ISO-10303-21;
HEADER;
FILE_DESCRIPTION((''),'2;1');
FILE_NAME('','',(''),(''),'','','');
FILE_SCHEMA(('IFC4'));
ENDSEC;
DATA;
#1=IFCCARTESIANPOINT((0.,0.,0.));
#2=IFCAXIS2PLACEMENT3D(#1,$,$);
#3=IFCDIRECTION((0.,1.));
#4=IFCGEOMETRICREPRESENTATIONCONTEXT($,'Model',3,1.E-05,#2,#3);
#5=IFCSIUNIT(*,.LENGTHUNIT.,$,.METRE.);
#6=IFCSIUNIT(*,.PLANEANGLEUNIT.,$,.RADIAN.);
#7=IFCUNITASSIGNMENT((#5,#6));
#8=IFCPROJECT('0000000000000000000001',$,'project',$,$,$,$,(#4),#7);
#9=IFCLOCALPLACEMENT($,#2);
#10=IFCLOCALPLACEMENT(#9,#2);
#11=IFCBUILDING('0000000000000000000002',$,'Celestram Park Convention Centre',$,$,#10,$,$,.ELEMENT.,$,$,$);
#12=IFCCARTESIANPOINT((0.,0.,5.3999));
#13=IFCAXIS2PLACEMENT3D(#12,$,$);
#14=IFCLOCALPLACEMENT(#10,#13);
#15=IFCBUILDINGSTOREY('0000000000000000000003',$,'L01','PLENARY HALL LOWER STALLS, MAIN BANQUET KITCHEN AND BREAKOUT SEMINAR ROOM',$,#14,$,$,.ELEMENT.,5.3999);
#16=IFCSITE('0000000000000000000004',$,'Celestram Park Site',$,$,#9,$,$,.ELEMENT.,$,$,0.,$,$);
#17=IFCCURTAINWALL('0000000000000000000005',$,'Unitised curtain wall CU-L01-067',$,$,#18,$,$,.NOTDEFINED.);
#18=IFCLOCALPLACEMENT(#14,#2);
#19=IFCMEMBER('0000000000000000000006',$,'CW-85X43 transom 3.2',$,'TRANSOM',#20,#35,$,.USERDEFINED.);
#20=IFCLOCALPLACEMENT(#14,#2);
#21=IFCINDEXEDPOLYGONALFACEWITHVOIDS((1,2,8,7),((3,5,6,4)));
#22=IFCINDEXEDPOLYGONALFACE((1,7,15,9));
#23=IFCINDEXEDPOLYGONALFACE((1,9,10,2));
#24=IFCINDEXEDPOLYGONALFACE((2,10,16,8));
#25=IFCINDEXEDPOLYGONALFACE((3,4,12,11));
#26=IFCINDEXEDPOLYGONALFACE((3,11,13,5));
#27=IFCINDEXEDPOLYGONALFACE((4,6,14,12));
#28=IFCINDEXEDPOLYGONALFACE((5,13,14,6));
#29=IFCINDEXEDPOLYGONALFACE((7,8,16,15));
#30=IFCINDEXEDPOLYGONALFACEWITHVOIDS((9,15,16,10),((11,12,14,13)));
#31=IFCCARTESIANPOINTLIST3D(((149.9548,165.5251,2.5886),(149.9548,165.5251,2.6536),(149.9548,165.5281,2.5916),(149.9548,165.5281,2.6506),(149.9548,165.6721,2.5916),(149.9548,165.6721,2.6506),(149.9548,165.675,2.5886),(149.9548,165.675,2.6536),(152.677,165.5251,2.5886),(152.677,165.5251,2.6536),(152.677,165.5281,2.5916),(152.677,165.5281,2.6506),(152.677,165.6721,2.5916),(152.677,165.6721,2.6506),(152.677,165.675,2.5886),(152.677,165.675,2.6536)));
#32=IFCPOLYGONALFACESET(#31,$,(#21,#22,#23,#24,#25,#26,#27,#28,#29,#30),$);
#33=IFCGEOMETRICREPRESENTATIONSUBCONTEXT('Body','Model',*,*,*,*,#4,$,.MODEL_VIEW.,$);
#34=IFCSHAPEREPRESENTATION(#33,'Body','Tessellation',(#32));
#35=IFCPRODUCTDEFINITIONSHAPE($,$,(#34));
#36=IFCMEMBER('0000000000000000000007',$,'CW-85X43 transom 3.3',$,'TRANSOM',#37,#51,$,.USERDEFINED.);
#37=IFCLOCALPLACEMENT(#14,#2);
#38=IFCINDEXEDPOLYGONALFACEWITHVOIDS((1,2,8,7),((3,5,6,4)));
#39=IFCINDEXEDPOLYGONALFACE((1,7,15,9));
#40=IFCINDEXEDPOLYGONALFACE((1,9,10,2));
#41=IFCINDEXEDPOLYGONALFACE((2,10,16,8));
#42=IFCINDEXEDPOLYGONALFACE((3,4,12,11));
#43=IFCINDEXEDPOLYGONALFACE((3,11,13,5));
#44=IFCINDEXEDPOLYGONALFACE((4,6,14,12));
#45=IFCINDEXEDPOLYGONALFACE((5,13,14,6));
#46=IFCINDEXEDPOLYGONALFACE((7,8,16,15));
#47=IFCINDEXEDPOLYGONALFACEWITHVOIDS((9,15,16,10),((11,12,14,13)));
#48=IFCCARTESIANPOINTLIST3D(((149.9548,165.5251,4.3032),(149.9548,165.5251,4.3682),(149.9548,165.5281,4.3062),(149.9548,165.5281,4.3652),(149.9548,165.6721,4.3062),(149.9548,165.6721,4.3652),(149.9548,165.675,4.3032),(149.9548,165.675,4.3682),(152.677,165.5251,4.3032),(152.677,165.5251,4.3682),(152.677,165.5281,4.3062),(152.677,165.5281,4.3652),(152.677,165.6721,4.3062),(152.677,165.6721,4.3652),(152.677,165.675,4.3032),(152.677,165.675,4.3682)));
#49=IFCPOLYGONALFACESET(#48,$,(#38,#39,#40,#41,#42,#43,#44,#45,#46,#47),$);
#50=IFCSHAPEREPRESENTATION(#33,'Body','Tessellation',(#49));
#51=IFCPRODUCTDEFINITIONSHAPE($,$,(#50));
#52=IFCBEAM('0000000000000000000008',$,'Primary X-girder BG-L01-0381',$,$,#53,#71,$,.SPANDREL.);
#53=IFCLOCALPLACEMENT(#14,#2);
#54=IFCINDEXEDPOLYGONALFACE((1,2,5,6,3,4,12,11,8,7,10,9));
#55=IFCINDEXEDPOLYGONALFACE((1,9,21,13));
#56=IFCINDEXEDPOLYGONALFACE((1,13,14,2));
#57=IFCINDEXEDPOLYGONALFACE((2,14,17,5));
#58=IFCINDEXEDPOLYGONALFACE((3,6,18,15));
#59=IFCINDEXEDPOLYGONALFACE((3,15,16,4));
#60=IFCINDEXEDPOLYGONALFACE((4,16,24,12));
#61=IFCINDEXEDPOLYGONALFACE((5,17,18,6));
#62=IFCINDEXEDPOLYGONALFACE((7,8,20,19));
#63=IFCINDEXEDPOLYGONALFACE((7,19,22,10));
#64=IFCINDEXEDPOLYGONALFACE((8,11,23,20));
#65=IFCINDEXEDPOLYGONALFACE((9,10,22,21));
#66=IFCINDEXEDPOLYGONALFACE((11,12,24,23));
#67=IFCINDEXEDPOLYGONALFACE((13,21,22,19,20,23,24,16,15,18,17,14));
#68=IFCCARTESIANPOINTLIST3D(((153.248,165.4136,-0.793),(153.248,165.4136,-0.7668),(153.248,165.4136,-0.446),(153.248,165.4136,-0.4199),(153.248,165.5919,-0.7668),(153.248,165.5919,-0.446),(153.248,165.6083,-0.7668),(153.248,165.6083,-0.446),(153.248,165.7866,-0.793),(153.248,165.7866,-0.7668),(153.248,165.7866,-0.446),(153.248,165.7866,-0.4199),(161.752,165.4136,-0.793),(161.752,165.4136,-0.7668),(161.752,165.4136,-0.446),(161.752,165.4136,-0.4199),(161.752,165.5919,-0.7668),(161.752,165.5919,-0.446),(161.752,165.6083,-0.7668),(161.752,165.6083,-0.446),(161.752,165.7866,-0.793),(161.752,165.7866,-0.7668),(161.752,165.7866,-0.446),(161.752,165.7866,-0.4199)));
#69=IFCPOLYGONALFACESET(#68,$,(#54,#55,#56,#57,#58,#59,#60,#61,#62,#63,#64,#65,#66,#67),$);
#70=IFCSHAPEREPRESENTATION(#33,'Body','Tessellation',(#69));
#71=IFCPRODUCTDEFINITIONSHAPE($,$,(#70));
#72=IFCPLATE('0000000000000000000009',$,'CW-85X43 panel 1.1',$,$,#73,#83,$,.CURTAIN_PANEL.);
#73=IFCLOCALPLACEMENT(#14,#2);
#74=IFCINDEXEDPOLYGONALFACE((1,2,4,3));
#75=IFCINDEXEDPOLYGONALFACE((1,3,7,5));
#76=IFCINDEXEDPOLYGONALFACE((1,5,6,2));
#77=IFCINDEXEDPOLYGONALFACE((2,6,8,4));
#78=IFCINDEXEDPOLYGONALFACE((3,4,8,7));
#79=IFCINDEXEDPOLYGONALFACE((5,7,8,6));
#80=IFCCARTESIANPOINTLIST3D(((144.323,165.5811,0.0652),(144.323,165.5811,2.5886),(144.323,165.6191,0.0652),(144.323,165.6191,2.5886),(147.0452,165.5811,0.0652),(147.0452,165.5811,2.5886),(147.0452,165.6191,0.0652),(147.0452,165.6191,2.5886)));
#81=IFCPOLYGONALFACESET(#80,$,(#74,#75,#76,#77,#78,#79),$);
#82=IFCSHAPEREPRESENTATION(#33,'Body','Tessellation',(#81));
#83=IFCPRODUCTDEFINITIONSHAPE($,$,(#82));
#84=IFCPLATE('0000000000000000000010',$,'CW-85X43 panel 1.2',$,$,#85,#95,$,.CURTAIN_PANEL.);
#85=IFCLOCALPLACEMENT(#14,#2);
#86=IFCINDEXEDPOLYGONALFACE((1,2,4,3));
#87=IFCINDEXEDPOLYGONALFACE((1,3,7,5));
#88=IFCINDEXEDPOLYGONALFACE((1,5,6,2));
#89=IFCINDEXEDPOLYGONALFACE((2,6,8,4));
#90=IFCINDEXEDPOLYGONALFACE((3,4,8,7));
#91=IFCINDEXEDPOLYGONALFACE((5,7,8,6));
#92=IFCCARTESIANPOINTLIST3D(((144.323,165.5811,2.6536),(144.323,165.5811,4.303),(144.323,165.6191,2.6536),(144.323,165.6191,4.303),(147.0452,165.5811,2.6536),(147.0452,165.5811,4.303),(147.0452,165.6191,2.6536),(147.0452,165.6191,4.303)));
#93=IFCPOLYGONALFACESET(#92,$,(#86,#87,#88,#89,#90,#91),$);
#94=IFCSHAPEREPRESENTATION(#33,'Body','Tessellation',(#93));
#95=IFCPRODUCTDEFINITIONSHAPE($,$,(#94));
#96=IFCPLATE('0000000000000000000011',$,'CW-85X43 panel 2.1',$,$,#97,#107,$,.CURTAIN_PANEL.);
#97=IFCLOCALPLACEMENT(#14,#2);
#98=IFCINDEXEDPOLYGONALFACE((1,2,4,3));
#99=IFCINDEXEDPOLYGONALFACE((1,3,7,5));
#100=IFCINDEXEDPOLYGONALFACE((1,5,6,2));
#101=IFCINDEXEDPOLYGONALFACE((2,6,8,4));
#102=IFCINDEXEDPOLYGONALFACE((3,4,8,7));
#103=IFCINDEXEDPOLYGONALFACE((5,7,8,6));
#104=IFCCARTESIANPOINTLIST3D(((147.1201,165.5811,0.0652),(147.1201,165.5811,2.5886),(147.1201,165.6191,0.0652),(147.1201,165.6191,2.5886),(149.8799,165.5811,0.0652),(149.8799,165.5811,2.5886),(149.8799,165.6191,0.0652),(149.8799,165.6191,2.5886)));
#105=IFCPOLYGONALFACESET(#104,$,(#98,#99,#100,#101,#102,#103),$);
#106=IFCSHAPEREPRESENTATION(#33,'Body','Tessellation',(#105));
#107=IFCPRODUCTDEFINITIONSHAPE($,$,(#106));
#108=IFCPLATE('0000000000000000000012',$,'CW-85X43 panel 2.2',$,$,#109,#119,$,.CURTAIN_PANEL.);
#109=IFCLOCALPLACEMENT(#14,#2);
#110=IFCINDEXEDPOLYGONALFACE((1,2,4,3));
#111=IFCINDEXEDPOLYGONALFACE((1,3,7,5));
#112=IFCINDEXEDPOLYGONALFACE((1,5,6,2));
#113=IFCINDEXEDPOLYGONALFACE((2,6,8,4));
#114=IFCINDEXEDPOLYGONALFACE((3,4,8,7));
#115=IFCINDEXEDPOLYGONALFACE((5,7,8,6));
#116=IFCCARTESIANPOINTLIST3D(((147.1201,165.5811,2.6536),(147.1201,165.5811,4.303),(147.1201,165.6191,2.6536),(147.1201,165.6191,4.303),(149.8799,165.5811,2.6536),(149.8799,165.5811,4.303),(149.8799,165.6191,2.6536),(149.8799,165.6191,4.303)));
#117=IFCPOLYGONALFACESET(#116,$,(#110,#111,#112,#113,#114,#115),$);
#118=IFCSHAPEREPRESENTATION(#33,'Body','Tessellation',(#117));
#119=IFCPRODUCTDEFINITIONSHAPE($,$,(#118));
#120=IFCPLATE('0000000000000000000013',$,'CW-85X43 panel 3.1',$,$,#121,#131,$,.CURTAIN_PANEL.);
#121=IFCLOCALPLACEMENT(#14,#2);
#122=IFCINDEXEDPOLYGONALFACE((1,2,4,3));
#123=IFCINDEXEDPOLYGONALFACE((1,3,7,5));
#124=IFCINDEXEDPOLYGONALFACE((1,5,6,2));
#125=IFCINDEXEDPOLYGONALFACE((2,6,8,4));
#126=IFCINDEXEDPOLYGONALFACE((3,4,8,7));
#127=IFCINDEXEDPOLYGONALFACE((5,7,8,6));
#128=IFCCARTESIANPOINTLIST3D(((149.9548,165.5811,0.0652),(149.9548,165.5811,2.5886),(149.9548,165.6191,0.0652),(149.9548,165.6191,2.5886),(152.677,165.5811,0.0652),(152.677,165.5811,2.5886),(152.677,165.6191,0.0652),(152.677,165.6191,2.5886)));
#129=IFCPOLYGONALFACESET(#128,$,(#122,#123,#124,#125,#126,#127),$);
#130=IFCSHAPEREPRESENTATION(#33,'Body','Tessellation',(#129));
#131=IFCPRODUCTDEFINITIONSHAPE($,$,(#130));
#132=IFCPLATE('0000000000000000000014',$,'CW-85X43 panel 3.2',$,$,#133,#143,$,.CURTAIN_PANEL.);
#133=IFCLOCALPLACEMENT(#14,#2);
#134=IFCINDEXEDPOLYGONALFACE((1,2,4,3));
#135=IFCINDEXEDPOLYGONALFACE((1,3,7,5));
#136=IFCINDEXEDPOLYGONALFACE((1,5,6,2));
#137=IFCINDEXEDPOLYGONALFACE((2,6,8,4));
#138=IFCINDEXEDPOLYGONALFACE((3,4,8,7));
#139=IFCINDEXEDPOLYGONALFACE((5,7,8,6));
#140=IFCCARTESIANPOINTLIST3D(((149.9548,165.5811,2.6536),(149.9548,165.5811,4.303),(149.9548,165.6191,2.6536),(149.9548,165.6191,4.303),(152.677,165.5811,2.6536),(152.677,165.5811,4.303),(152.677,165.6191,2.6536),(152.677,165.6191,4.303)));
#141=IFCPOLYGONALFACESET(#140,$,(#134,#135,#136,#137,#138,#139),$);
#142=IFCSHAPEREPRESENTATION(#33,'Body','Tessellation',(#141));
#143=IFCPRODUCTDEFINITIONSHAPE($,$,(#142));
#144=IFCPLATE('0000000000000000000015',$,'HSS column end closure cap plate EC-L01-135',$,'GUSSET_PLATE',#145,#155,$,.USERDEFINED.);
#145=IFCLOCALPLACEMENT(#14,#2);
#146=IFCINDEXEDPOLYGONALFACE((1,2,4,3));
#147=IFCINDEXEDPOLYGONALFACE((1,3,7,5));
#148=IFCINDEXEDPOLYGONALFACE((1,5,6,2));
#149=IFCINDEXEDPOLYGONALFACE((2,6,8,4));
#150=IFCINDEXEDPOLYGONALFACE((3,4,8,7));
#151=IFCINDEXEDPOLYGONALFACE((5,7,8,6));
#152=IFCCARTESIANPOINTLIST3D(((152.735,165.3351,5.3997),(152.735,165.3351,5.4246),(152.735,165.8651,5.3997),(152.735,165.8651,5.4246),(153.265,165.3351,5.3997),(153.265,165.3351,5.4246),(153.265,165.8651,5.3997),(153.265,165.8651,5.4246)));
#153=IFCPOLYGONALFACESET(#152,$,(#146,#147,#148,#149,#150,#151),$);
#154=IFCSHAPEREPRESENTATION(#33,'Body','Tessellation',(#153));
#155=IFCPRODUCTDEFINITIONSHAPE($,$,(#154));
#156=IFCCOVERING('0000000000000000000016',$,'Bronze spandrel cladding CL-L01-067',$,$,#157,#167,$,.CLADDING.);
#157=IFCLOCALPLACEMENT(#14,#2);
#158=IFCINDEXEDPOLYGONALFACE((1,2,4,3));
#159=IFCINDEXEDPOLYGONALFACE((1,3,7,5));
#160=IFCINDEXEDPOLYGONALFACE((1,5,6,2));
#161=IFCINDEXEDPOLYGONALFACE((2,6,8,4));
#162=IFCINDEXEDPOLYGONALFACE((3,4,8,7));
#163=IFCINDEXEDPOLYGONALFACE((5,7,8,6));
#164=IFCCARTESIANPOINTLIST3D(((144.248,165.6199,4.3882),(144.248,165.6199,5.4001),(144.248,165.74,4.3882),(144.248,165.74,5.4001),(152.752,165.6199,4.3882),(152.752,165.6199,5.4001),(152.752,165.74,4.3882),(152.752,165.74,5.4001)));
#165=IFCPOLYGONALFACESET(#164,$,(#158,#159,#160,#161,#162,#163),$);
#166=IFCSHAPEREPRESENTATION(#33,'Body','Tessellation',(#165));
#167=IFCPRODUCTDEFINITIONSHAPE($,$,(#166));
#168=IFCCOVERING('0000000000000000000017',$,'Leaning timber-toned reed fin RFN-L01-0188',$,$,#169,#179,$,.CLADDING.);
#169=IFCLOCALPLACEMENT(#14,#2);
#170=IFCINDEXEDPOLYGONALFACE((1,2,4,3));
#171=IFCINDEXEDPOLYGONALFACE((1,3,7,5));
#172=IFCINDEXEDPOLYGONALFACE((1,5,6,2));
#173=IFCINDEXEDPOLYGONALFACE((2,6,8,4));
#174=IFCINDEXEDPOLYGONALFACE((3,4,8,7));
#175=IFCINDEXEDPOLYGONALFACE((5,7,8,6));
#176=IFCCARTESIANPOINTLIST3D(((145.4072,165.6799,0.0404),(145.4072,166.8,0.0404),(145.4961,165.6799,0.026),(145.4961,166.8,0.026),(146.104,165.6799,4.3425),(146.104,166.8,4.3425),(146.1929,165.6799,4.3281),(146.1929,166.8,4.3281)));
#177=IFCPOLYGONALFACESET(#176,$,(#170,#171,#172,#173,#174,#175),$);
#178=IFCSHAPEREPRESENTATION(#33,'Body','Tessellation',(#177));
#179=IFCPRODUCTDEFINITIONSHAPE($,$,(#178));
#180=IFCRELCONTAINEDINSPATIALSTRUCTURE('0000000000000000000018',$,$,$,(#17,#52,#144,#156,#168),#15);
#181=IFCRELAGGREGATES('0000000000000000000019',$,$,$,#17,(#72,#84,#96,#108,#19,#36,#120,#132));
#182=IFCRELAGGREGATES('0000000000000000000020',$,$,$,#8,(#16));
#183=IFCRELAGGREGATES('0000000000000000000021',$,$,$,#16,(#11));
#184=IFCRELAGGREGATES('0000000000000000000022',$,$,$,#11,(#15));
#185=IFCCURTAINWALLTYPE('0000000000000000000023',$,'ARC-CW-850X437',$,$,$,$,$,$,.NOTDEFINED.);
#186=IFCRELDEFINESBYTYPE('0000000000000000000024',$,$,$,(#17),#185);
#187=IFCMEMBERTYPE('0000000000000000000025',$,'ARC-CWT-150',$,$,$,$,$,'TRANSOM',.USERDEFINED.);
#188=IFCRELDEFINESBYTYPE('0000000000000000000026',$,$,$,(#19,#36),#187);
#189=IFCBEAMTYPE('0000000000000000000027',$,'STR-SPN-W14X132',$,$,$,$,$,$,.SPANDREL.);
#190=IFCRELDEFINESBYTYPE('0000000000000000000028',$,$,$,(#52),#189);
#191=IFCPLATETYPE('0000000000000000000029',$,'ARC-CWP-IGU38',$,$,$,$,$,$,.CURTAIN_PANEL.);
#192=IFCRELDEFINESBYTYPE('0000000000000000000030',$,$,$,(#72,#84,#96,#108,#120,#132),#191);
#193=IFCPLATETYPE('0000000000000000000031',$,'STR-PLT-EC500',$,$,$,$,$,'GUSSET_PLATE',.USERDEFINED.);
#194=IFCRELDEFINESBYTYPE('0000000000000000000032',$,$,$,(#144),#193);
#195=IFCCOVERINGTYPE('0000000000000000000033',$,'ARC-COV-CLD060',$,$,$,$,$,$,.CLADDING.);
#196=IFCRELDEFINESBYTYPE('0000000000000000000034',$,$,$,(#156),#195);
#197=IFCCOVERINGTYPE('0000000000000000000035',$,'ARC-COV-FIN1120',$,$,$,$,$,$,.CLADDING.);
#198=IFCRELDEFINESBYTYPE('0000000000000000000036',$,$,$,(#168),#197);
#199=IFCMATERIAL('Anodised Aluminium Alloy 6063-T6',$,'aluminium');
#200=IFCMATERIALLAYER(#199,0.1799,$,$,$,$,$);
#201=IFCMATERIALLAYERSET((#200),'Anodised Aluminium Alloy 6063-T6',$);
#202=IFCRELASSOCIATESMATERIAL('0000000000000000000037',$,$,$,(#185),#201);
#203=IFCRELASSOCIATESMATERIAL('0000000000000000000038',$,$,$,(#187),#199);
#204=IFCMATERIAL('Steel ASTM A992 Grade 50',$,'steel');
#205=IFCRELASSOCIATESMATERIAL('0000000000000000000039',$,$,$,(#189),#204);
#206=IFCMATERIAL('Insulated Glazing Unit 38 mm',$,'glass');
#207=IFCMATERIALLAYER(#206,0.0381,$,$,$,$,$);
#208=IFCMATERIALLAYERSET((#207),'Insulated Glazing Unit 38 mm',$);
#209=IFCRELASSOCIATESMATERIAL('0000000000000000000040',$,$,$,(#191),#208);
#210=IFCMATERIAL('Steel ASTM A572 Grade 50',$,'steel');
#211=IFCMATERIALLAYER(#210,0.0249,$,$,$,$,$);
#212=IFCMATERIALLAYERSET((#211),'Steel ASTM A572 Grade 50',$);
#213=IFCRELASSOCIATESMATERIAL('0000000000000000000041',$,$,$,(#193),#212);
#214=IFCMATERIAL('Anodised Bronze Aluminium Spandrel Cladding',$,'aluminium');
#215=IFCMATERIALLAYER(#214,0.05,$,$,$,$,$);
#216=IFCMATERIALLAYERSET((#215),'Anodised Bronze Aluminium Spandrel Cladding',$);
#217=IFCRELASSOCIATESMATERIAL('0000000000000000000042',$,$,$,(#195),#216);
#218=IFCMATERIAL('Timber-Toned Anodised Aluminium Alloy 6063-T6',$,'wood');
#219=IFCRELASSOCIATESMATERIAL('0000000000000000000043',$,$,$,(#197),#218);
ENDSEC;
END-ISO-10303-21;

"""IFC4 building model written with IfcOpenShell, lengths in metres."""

from ifc_helpers import new_model, si_unit, direction, frame, origin, origin_2d, place, context, subcontext, project, spatial, rectangle, hollow_rectangle, i_section, extrude, material, layer, layer_set, material_profile, profile_set, type_object, element, aggregate, save


model = new_model("IFC4")

# Units and contexts
model_context = context("Model", 3, precision=1e-05, world=origin(), true_north=direction((0.0, 1.0)))
body_context = subcontext(model_context, "Body", "Model", "MODEL_VIEW")
ifc_project = project(units=[si_unit("LENGTHUNIT", "METRE"), si_unit("PLANEANGLEUNIT", "RADIAN")], contexts=[model_context])

# Site, building, storey
site_placement = place(None, origin())
site = spatial("IfcSite", under=ifc_project, at=site_placement, Name="Celestram Park Site", CompositionType="ELEMENT", RefElevation=0.0)
building_placement = place(site_placement, origin())
building = spatial("IfcBuilding", under=site, at=building_placement, Name="Celestram Park Convention Centre", CompositionType="ELEMENT")
storey_placement = place(building_placement, frame((0.0, 0.0, 5.3999)))
storey = spatial("IfcBuildingStorey", under=building, at=storey_placement, Name="L01", Description="PLENARY HALL LOWER STALLS, MAIN BANQUET KITCHEN AND BREAKOUT SEMINAR ROOM", CompositionType="ELEMENT", Elevation=5.3999)

# Curtain wall, members
ifc_material_1 = material(Name="Anodised Aluminium Alloy 6063-T6", Category="aluminium")
ifc_layer_1 = layer(ifc_material_1, 0.1799)
ifc_layer_set_1 = layer_set([ifc_layer_1], Name="Anodised Aluminium Alloy 6063-T6")
curtain_wall_type = type_object("IfcCurtainWallType", Name="ARC-CW-850X437", PredefinedType="NOTDEFINED", material=ifc_layer_set_1)
curtain_wall_placement = place(storey_placement, origin())
curtain_wall = element("IfcCurtainWall", 1, at=curtain_wall_placement, inside=storey, type_object=curtain_wall_type, Name="Unitised curtain wall CU-L01-067", PredefinedType="NOTDEFINED")
ifc_material_profile_1 = material_profile(ifc_material_1, hollow_rectangle(XDim=0.1499, YDim=0.0649, WallThickness=0.0029, at=origin_2d()), Name="ALU150X65X3")
ifc_profile_set_1 = profile_set([ifc_material_profile_1], Name="Anodised Aluminium Alloy 6063-T6")
member_type_1 = type_object("IfcMemberType", Name="ARC-CWT-150", ElementType="TRANSOM", PredefinedType="USERDEFINED", material=ifc_profile_set_1)
member_1_placement = place(storey_placement, frame((149.9548, 165.6001, 2.6211), z_axis=(1.0, 0.0, 0.0), x_axis=(0.0, 1.0, 0.0)))
member_1 = element("IfcMember", 2, at=member_1_placement, type_object=member_type_1, Name="CW-85X43 transom 3.2", ObjectType="TRANSOM", PredefinedType="USERDEFINED", context=body_context, shape_type="SweptSolid", body=[
    extrude(hollow_rectangle(XDim=0.1499, YDim=0.0649, WallThickness=0.0029, at=origin_2d()), origin(), (0.0, 0.0, 1.0), 2.7222),
])
member_2_placement = place(storey_placement, frame((149.9548, 165.6001, 4.3357), z_axis=(1.0, 0.0, 0.0), x_axis=(0.0, 1.0, 0.0)))
member_2 = element("IfcMember", 3, at=member_2_placement, type_object=member_type_1, Name="CW-85X43 transom 3.3", ObjectType="TRANSOM", PredefinedType="USERDEFINED", context=body_context, shape_type="SweptSolid", body=[
    extrude(hollow_rectangle(XDim=0.1499, YDim=0.0649, WallThickness=0.0029, at=origin_2d()), origin(), (0.0, 0.0, 1.0), 2.7222),
])

# Beam
ifc_material_2 = material(Name="Steel ASTM A992 Grade 50", Category="steel")
ifc_material_profile_2 = material_profile(ifc_material_2, i_section(OverallWidth=0.373, OverallDepth=0.373, WebThickness=0.0164, FlangeThickness=0.0261, at=origin_2d()), Name="W14X132")
ifc_profile_set_2 = profile_set([ifc_material_profile_2], Name="Steel ASTM A992 Grade 50")
beam_type = type_object("IfcBeamType", Name="STR-SPN-W14X132", PredefinedType="SPANDREL", material=ifc_profile_set_2)
beam_placement = place(storey_placement, frame((153.248, 165.6001, -0.6064), z_axis=(1.0, 0.0, 0.0), x_axis=(0.0, 1.0, 0.0)))
element("IfcBeam", 4, at=beam_placement, inside=storey, type_object=beam_type, Name="Primary X-girder BG-L01-0381", PredefinedType="SPANDREL", context=body_context, shape_type="SweptSolid", body=[
    extrude(i_section(OverallWidth=0.373, OverallDepth=0.373, WebThickness=0.0164, FlangeThickness=0.0261, at=origin_2d()), origin(), (0.0, 0.0, 1.0), 8.5039),
])

# Plates
ifc_material_3 = material(Name="Insulated Glazing Unit 38 mm", Category="glass")
ifc_layer_2 = layer(ifc_material_3, 0.0381)
ifc_layer_set_2 = layer_set([ifc_layer_2], Name="Insulated Glazing Unit 38 mm")
plate_type_1 = type_object("IfcPlateType", Name="ARC-CWP-IGU38", PredefinedType="CURTAIN_PANEL", material=ifc_layer_set_2)
plate_1_placement = place(storey_placement, frame((145.6841, 165.6001, 0.0652), z_axis=(0.0, 0.0, 1.0), x_axis=(1.0, 0.0, 0.0)))
plate_1 = element("IfcPlate", 5, at=plate_1_placement, type_object=plate_type_1, Name="CW-85X43 panel 1.1", PredefinedType="CURTAIN_PANEL", context=body_context, shape_type="SweptSolid", body=[
    extrude(rectangle(XDim=2.7222, YDim=0.0381, at=origin_2d()), origin(), (0.0, 0.0, 1.0), 2.5234),
])
plate_2_placement = place(storey_placement, frame((145.6841, 165.6001, 2.6536), z_axis=(0.0, 0.0, 1.0), x_axis=(1.0, 0.0, 0.0)))
plate_2 = element("IfcPlate", 6, at=plate_2_placement, type_object=plate_type_1, Name="CW-85X43 panel 1.2", PredefinedType="CURTAIN_PANEL", context=body_context, shape_type="SweptSolid", body=[
    extrude(rectangle(XDim=2.7222, YDim=0.0381, at=origin_2d()), origin(), (0.0, 0.0, 1.0), 1.6494),
])
plate_3_placement = place(storey_placement, frame((148.5, 165.6001, 0.0652), z_axis=(0.0, 0.0, 1.0), x_axis=(1.0, 0.0, 0.0)))
plate_3 = element("IfcPlate", 7, at=plate_3_placement, type_object=plate_type_1, Name="CW-85X43 panel 2.1", PredefinedType="CURTAIN_PANEL", context=body_context, shape_type="SweptSolid", body=[
    extrude(rectangle(XDim=2.7598, YDim=0.0381, at=origin_2d()), origin(), (0.0, 0.0, 1.0), 2.5234),
])
plate_4_placement = place(storey_placement, frame((148.5, 165.6001, 2.6536), z_axis=(0.0, 0.0, 1.0), x_axis=(1.0, 0.0, 0.0)))
plate_4 = element("IfcPlate", 8, at=plate_4_placement, type_object=plate_type_1, Name="CW-85X43 panel 2.2", PredefinedType="CURTAIN_PANEL", context=body_context, shape_type="SweptSolid", body=[
    extrude(rectangle(XDim=2.7598, YDim=0.0381, at=origin_2d()), origin(), (0.0, 0.0, 1.0), 1.6494),
])
plate_5_placement = place(storey_placement, frame((151.3159, 165.6001, 0.0652), z_axis=(0.0, 0.0, 1.0), x_axis=(1.0, 0.0, 0.0)))
plate_5 = element("IfcPlate", 9, at=plate_5_placement, type_object=plate_type_1, Name="CW-85X43 panel 3.1", PredefinedType="CURTAIN_PANEL", context=body_context, shape_type="SweptSolid", body=[
    extrude(rectangle(XDim=2.7222, YDim=0.0381, at=origin_2d()), origin(), (0.0, 0.0, 1.0), 2.5234),
])
plate_6_placement = place(storey_placement, frame((151.3159, 165.6001, 2.6536), z_axis=(0.0, 0.0, 1.0), x_axis=(1.0, 0.0, 0.0)))
plate_6 = element("IfcPlate", 10, at=plate_6_placement, type_object=plate_type_1, Name="CW-85X43 panel 3.2", PredefinedType="CURTAIN_PANEL", context=body_context, shape_type="SweptSolid", body=[
    extrude(rectangle(XDim=2.7222, YDim=0.0381, at=origin_2d()), origin(), (0.0, 0.0, 1.0), 1.6494),
])
aggregate(curtain_wall, [plate_1, plate_2, plate_3, plate_4, member_1, member_2, plate_5, plate_6])
ifc_material_4 = material(Name="Steel ASTM A572 Grade 50", Category="steel")
ifc_layer_3 = layer(ifc_material_4, 0.0249)
ifc_layer_set_3 = layer_set([ifc_layer_3], Name="Steel ASTM A572 Grade 50")
plate_type_2 = type_object("IfcPlateType", Name="STR-PLT-EC500", ElementType="GUSSET_PLATE", PredefinedType="USERDEFINED", material=ifc_layer_set_3)
plate_7_placement = place(storey_placement, frame((153.0, 165.6001, 5.3997), z_axis=(0.0, 0.0, 1.0), x_axis=(1.0, 0.0, 0.0)))
element("IfcPlate", 11, at=plate_7_placement, inside=storey, type_object=plate_type_2, Name="HSS column end closure cap plate EC-L01-135", ObjectType="GUSSET_PLATE", PredefinedType="USERDEFINED", context=body_context, shape_type="SweptSolid", body=[
    extrude(rectangle(XDim=0.53, YDim=0.53, at=origin_2d()), origin(), (0.0, 0.0, 1.0), 0.0249),
])

# Coverings
ifc_material_5 = material(Name="Anodised Bronze Aluminium Spandrel Cladding", Category="aluminium")
ifc_layer_4 = layer(ifc_material_5, 0.05)
ifc_layer_set_4 = layer_set([ifc_layer_4], Name="Anodised Bronze Aluminium Spandrel Cladding")
covering_type_1 = type_object("IfcCoveringType", Name="ARC-COV-CLD060", PredefinedType="CLADDING", material=ifc_layer_set_4)
covering_1_placement = place(storey_placement, frame((148.5, 165.6799, 4.3882), z_axis=(0.0, 0.0, 1.0), x_axis=(1.0, 0.0, 0.0)))
element("IfcCovering", 12, at=covering_1_placement, inside=storey, type_object=covering_type_1, Name="Bronze spandrel cladding CL-L01-067", PredefinedType="CLADDING", context=body_context, shape_type="SweptSolid", body=[
    extrude(rectangle(XDim=8.5039, YDim=0.1201, at=origin_2d()), origin(), (0.0, 0.0, 1.0), 1.012),
])
ifc_material_6 = material(Name="Timber-Toned Anodised Aluminium Alloy 6063-T6", Category="wood")
ifc_material_profile_3 = material_profile(ifc_material_6, rectangle(XDim=1.1201, YDim=0.0901, at=origin_2d()), Name="REED1120X90")
ifc_profile_set_3 = profile_set([ifc_material_profile_3], Name="Timber-Toned Anodised Aluminium Alloy 6063-T6")
covering_type_2 = type_object("IfcCoveringType", Name="ARC-COV-FIN1120", PredefinedType="CLADDING", material=ifc_profile_set_3)
covering_2_placement = place(storey_placement, frame((145.4517, 166.24, 0.0332), z_axis=(0.159882, 0.0, 0.987136), x_axis=(0.0, 1.0, 0.0)))
element("IfcCovering", 13, at=covering_2_placement, inside=storey, type_object=covering_type_2, Name="Leaning timber-toned reed fin RFN-L01-0188", PredefinedType="CLADDING", context=body_context, shape_type="SweptSolid", body=[
    extrude(rectangle(XDim=1.1201, YDim=0.0901, at=origin_2d()), origin(), (0.0, 0.0, 1.0), 4.3582),
])

save(model, "model.ifc")
